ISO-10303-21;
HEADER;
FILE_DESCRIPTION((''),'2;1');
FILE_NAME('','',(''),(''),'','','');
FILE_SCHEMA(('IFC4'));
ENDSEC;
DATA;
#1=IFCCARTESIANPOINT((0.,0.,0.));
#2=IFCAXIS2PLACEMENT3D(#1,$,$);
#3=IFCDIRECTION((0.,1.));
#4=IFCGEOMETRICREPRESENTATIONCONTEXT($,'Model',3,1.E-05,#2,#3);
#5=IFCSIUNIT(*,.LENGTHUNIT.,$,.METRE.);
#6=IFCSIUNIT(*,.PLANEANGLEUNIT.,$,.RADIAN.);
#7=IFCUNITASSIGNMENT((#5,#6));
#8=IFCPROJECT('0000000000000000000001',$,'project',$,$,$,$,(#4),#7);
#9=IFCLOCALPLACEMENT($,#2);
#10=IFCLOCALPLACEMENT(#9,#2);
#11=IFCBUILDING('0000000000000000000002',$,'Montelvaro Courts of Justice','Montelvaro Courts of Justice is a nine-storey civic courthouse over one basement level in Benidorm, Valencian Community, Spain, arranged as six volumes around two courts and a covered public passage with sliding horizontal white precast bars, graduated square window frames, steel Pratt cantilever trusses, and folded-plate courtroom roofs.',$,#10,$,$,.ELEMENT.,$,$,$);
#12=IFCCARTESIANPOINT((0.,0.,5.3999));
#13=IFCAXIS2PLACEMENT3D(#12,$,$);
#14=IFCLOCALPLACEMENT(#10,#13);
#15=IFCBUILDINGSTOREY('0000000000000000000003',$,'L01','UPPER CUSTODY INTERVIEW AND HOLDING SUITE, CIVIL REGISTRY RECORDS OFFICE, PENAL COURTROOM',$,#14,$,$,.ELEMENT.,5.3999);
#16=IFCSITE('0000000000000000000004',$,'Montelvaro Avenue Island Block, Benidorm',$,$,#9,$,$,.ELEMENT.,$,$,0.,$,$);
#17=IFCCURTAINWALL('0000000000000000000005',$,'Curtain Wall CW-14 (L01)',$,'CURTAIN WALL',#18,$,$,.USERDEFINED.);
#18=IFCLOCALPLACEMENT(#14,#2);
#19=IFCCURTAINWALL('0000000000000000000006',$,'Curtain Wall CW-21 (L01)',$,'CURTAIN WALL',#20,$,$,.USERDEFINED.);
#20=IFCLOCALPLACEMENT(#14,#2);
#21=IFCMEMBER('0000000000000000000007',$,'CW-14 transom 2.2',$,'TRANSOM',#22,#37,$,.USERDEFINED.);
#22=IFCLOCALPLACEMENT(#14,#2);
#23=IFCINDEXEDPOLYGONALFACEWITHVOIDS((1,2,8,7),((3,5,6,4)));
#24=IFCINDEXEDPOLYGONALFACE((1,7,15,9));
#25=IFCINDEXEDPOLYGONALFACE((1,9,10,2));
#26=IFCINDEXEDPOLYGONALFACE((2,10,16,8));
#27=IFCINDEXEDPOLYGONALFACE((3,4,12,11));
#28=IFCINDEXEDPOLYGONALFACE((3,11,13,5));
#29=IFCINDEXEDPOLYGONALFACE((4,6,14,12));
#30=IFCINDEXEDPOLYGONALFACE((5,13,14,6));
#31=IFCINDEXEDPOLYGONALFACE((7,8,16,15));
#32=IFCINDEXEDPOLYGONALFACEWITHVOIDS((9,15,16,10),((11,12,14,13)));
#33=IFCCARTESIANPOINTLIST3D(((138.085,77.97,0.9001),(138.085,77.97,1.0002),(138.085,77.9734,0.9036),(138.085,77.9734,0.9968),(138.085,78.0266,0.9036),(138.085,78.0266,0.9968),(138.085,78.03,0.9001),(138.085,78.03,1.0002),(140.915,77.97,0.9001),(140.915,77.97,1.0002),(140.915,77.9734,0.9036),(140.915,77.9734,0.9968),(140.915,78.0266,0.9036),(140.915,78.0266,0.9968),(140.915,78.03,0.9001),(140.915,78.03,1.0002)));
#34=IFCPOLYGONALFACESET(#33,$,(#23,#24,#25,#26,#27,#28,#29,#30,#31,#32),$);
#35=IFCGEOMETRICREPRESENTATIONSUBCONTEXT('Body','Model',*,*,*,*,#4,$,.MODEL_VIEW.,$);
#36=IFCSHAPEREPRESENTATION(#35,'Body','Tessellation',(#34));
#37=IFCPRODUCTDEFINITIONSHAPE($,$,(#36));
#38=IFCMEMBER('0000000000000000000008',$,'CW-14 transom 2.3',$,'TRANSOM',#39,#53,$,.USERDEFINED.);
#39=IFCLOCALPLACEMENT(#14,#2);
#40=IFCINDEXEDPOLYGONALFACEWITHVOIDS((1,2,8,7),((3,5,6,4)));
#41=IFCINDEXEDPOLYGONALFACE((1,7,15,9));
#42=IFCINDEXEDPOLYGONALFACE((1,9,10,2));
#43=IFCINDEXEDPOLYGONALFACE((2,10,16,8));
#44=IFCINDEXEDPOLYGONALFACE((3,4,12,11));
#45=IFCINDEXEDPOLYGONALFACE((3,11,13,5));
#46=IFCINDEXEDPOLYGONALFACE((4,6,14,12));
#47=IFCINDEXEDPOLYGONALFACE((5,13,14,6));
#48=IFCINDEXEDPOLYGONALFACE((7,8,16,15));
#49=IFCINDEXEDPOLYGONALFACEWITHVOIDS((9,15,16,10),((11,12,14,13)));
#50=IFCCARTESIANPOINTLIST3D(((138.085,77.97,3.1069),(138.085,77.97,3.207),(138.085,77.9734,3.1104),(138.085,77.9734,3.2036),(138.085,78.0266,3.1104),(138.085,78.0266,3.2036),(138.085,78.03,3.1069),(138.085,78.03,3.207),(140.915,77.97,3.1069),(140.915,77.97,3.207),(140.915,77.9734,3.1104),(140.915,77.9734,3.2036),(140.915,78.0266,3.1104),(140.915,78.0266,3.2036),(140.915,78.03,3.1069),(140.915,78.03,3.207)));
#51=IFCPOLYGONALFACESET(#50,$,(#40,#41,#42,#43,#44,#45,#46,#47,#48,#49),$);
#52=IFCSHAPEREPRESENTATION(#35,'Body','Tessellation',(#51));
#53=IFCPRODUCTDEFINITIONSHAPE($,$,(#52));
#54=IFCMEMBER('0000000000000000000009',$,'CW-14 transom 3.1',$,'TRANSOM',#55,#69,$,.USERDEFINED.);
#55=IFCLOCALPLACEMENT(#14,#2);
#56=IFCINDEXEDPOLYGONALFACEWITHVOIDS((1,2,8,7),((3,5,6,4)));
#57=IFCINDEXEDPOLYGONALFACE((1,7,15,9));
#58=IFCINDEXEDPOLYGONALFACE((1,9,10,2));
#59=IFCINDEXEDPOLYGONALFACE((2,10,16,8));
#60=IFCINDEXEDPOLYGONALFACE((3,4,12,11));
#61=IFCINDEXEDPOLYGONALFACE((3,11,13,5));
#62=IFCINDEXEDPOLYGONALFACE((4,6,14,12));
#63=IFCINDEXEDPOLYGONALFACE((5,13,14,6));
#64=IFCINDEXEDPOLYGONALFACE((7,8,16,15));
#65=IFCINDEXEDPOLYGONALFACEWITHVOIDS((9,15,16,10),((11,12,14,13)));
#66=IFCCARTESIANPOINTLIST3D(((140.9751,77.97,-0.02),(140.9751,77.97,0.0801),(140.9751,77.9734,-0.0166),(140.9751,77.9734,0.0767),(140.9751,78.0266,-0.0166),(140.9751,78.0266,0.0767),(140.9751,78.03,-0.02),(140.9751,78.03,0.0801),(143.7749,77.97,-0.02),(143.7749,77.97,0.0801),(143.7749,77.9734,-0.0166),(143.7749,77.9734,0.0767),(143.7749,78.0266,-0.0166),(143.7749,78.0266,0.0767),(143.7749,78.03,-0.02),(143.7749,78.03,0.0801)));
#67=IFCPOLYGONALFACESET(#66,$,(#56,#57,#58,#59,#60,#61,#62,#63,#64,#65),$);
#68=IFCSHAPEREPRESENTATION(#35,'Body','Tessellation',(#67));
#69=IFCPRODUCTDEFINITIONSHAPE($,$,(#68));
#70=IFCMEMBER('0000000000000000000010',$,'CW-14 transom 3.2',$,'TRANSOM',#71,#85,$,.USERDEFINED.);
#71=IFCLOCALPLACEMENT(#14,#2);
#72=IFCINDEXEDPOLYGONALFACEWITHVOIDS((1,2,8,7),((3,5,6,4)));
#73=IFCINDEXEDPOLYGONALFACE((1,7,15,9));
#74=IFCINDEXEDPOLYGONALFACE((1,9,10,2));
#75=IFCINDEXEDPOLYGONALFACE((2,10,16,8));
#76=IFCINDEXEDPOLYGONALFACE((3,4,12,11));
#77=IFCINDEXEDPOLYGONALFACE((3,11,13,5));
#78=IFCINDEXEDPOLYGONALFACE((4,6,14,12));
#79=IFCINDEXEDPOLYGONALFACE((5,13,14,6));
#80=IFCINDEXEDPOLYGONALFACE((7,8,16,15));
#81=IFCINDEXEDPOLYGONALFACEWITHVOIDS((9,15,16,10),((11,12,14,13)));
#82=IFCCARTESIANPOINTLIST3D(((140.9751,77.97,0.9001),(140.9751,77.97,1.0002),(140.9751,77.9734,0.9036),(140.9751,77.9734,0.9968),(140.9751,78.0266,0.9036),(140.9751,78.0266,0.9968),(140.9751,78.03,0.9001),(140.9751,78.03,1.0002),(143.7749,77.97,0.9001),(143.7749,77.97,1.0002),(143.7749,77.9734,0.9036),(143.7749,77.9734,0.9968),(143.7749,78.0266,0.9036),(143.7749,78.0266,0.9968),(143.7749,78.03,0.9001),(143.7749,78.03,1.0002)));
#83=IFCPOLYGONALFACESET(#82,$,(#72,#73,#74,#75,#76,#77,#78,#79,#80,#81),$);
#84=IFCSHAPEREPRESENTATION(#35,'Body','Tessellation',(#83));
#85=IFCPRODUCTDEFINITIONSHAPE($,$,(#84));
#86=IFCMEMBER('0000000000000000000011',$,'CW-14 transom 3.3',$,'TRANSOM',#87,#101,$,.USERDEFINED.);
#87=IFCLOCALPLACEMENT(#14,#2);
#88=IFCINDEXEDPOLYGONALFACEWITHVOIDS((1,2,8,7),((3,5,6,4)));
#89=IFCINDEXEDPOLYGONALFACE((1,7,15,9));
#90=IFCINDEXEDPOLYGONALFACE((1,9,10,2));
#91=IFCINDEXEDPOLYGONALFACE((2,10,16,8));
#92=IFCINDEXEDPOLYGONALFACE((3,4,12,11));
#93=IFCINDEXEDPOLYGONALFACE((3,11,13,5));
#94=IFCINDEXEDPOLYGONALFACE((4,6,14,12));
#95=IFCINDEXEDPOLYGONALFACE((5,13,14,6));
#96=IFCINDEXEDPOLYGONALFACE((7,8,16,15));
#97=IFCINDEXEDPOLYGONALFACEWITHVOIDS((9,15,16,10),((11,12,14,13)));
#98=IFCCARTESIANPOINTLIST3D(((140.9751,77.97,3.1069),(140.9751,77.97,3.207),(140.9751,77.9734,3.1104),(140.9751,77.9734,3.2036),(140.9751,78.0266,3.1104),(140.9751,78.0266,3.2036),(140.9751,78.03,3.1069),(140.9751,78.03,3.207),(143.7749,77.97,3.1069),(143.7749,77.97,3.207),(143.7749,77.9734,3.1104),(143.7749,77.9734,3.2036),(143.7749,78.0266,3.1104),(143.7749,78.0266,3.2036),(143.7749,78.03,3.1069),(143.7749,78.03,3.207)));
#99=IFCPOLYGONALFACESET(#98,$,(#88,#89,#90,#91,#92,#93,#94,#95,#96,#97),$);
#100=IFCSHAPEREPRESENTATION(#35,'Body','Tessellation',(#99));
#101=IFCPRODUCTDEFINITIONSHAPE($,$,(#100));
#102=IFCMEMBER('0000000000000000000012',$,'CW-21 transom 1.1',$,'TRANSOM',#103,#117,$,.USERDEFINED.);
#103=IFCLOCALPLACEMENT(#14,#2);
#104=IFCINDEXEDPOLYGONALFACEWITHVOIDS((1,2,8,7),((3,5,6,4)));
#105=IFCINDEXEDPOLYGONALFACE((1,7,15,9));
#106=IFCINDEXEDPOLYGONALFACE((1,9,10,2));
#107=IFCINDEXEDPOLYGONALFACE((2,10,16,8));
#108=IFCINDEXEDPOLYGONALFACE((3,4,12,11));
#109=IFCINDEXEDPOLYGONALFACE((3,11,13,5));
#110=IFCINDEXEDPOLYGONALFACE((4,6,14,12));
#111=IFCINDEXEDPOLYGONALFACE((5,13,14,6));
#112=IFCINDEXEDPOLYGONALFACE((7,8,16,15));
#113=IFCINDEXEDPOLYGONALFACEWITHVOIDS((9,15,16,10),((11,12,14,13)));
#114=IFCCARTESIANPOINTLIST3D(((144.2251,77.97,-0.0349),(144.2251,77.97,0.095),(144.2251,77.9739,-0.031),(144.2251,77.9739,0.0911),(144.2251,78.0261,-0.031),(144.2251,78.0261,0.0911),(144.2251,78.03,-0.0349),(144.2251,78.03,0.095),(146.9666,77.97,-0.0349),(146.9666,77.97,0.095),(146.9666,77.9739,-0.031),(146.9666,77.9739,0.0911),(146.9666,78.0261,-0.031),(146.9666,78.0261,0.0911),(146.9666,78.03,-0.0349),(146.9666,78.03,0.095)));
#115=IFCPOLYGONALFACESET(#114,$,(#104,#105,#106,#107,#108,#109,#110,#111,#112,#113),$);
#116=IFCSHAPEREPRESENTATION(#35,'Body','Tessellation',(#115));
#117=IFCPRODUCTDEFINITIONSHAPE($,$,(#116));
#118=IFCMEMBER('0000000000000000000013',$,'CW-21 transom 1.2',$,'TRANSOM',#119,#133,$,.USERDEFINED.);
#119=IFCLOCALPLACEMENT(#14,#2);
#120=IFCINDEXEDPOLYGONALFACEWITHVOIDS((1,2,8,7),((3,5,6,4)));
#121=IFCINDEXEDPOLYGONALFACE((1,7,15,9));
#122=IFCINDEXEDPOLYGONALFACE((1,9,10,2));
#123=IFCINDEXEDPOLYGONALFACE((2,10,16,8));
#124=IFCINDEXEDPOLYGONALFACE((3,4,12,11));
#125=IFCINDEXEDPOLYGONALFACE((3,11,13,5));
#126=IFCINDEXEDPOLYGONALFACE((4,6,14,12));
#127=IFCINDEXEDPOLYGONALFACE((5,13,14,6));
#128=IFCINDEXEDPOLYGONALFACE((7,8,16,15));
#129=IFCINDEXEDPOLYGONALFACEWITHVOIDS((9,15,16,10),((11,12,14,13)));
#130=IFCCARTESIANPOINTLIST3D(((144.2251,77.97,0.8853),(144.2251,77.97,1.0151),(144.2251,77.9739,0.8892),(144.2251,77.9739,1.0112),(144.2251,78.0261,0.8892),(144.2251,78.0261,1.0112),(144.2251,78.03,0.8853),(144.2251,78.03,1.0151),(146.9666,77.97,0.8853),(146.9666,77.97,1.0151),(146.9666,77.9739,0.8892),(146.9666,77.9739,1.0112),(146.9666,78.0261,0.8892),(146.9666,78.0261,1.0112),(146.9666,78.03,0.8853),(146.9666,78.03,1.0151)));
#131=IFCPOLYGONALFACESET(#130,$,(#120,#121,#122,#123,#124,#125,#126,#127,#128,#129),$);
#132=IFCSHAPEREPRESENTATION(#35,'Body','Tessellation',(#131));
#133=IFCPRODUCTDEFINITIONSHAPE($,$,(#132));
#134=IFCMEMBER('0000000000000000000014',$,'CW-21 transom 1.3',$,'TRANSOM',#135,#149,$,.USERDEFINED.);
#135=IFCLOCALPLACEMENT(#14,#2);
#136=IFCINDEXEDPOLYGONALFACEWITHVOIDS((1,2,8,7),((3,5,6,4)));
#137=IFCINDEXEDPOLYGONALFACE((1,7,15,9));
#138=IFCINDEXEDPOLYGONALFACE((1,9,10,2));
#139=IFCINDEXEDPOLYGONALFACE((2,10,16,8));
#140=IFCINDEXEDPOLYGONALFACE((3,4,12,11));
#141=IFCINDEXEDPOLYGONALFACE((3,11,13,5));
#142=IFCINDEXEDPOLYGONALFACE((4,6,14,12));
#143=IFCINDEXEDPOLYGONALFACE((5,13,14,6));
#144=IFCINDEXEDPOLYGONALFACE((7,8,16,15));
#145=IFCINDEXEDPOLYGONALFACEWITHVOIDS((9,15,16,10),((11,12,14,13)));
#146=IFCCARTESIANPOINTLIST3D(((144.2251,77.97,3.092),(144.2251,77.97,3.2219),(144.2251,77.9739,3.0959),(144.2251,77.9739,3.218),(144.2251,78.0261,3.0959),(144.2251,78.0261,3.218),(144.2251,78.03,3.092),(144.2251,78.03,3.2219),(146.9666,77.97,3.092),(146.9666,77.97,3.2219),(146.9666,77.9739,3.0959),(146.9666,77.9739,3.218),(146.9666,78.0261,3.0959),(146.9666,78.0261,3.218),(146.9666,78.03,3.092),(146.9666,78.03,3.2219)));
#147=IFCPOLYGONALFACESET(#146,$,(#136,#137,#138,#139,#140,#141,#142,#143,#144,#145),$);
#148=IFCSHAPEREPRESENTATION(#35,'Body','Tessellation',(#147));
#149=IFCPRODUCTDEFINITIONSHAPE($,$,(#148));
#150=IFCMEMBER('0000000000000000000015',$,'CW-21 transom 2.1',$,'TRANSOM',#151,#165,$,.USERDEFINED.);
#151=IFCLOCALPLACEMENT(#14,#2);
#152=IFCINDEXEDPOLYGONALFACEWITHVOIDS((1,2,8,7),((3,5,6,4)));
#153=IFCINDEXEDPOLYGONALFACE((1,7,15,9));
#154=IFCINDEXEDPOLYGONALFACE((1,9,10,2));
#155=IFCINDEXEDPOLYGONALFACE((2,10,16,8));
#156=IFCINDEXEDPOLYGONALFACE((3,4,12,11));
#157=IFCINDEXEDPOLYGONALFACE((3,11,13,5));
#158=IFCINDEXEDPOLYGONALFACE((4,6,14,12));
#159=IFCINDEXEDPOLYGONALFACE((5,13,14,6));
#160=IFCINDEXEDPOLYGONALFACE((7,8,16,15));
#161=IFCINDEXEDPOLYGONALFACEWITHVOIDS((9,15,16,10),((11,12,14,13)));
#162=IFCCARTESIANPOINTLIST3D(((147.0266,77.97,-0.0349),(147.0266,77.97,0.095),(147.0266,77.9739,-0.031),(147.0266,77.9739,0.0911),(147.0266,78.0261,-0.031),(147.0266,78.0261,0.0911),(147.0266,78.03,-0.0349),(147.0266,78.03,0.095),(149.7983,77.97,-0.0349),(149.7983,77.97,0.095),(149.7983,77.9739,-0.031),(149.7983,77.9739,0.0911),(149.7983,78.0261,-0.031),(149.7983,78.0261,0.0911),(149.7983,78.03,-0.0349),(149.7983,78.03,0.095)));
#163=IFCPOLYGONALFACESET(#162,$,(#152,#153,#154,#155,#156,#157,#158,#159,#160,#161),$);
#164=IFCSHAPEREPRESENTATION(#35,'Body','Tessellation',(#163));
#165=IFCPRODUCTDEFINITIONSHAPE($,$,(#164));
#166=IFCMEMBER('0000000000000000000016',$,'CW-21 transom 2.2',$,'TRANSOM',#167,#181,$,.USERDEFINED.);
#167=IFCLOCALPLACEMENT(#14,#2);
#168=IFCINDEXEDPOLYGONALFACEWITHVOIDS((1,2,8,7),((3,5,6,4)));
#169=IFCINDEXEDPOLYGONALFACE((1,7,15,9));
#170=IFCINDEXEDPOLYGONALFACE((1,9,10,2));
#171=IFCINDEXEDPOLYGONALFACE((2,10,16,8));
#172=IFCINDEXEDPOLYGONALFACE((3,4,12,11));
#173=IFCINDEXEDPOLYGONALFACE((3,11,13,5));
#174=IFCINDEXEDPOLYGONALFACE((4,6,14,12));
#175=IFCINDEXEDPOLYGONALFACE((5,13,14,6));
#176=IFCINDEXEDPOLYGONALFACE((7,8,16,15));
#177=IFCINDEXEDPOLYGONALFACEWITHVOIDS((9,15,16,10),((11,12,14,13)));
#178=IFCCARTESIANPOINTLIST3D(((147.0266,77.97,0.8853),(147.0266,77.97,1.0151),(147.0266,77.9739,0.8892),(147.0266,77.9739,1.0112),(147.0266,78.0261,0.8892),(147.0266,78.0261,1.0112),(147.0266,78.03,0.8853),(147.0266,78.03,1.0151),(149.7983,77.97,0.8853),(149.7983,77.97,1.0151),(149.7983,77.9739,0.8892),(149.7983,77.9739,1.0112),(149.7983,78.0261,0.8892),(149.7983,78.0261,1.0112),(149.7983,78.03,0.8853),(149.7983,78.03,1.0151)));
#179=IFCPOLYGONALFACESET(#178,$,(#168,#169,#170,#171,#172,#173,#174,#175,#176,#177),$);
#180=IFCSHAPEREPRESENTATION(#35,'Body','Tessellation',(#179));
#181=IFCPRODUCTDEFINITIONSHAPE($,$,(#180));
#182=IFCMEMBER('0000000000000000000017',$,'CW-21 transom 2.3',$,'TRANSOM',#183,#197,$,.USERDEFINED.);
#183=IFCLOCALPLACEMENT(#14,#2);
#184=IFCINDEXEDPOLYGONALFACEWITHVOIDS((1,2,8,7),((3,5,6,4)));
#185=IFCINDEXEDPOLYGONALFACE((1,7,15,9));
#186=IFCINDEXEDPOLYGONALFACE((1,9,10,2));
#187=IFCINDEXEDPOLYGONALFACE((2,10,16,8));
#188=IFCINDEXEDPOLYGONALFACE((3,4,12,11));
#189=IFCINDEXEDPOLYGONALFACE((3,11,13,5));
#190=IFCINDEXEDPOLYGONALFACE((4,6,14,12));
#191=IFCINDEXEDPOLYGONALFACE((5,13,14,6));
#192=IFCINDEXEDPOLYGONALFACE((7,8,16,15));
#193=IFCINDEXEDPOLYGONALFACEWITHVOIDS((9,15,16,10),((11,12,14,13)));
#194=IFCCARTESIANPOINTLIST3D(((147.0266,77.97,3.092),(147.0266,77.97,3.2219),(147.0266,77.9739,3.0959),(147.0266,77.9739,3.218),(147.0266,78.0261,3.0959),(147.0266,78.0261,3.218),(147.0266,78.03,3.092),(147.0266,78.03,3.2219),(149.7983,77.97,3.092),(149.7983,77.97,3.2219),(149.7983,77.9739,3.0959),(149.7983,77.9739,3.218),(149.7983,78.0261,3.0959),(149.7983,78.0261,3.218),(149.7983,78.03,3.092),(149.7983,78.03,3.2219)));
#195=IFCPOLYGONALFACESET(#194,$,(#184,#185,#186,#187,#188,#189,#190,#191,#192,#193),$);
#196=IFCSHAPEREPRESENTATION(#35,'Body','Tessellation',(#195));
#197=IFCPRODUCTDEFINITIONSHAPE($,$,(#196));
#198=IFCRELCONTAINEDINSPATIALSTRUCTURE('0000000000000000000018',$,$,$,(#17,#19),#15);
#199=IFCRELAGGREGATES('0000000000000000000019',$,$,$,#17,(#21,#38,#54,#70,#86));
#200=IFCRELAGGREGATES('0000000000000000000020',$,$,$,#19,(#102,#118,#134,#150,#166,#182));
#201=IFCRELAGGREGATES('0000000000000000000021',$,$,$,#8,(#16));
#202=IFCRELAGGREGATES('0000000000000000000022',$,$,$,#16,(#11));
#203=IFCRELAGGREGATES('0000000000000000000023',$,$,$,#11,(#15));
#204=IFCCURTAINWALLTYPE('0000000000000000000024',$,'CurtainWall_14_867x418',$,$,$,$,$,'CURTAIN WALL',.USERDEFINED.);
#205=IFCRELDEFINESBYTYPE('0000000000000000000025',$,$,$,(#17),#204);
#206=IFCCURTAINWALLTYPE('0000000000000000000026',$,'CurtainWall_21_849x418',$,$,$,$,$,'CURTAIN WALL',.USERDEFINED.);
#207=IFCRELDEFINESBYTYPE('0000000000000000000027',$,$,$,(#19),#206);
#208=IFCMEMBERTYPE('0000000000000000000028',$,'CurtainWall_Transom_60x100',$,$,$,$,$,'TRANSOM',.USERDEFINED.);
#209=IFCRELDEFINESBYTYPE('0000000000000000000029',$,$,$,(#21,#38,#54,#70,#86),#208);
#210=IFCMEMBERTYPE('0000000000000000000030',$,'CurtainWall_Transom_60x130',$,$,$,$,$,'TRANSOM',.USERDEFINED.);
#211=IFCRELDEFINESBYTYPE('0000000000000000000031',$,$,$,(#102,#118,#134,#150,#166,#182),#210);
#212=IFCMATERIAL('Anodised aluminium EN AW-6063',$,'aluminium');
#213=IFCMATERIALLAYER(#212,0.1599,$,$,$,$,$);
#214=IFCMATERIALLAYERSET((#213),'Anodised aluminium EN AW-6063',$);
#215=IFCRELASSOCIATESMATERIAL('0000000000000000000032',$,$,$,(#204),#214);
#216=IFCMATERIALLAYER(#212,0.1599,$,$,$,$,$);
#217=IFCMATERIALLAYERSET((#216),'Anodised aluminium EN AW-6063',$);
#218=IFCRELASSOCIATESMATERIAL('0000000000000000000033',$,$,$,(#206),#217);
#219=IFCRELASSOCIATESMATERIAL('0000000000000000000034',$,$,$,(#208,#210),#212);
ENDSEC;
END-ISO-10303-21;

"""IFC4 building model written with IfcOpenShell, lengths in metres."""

from ifc_helpers import new_model, si_unit, direction, frame, origin, origin_2d, place, context, subcontext, project, spatial, hollow_rectangle, extrude, material, layer, layer_set, material_profile, profile_set, type_object, element, aggregate, save


model = new_model("IFC4")

# Units and contexts
model_context = context("Model", 3, precision=1e-05, world=origin(), true_north=direction((0.0, 1.0)))
body_context = subcontext(model_context, "Body", "Model", "MODEL_VIEW")
ifc_project = project(units=[si_unit("LENGTHUNIT", "METRE"), si_unit("PLANEANGLEUNIT", "RADIAN")], contexts=[model_context])

# Site, building, storey
site_placement = place(None, origin())
site = spatial("IfcSite", under=ifc_project, at=site_placement, Name="Montelvaro Avenue Island Block, Benidorm", CompositionType="ELEMENT", RefElevation=0.0)
building_placement = place(site_placement, origin())
building = spatial("IfcBuilding", under=site, at=building_placement, Name="Montelvaro Courts of Justice", Description="Montelvaro Courts of Justice is a nine-storey civic courthouse over one basement level in Benidorm, Valencian Community, Spain, arranged as six volumes around two courts and a covered public passage with sliding horizontal white precast bars, graduated square window frames, steel Pratt cantilever trusses, and folded-plate courtroom roofs.", CompositionType="ELEMENT")
storey_placement = place(building_placement, frame((0.0, 0.0, 5.3999)))
storey = spatial("IfcBuildingStorey", under=building, at=storey_placement, Name="L01", Description="UPPER CUSTODY INTERVIEW AND HOLDING SUITE, CIVIL REGISTRY RECORDS OFFICE, PENAL COURTROOM", CompositionType="ELEMENT", Elevation=5.3999)

# Curtain walls
ifc_material_1 = material(Name="Anodised aluminium EN AW-6063", Category="aluminium")
ifc_layer_1 = layer(ifc_material_1, 0.1599)
ifc_layer_set_1 = layer_set([ifc_layer_1], Name="Anodised aluminium EN AW-6063")
curtain_wall_type_1 = type_object("IfcCurtainWallType", Name="CurtainWall_14_867x418", ElementType="CURTAIN WALL", PredefinedType="USERDEFINED", material=ifc_layer_set_1)
curtain_wall_1_placement = place(storey_placement, origin())
curtain_wall_1 = element("IfcCurtainWall", 1, at=curtain_wall_1_placement, inside=storey, type_object=curtain_wall_type_1, Name="Curtain Wall CW-14 (L01)", ObjectType="CURTAIN WALL", PredefinedType="USERDEFINED")
ifc_layer_2 = layer(ifc_material_1, 0.1599)
ifc_layer_set_2 = layer_set([ifc_layer_2], Name="Anodised aluminium EN AW-6063")
curtain_wall_type_2 = type_object("IfcCurtainWallType", Name="CurtainWall_21_849x418", ElementType="CURTAIN WALL", PredefinedType="USERDEFINED", material=ifc_layer_set_2)
curtain_wall_2_placement = place(storey_placement, origin())
curtain_wall_2 = element("IfcCurtainWall", 2, at=curtain_wall_2_placement, inside=storey, type_object=curtain_wall_type_2, Name="Curtain Wall CW-21 (L01)", ObjectType="CURTAIN WALL", PredefinedType="USERDEFINED")

# Members
ifc_material_profile_1 = material_profile(ifc_material_1, hollow_rectangle(XDim=0.0601, YDim=0.1001, WallThickness=0.0034, at=origin_2d()), Name="ALU-T 60x100")
ifc_profile_set_1 = profile_set([ifc_material_profile_1], Name="Anodised aluminium EN AW-6063")
member_type_1 = type_object("IfcMemberType", Name="CurtainWall_Transom_60x100", ElementType="TRANSOM", PredefinedType="USERDEFINED", material=ifc_profile_set_1)
member_1_placement = place(storey_placement, frame((138.085, 78.0, 0.9502), z_axis=(1.0, 0.0, 0.0), x_axis=(0.0, 1.0, 0.0)))
member_1 = element("IfcMember", 3, at=member_1_placement, type_object=member_type_1, Name="CW-14 transom 2.2", ObjectType="TRANSOM", PredefinedType="USERDEFINED", context=body_context, shape_type="SweptSolid", body=[
    extrude(hollow_rectangle(XDim=0.0601, YDim=0.1001, WallThickness=0.0034, at=origin_2d()), origin(), (0.0, 0.0, 1.0), 2.8301),
])
member_2_placement = place(storey_placement, frame((138.085, 78.0, 3.157), z_axis=(1.0, 0.0, 0.0), x_axis=(0.0, 1.0, 0.0)))
member_2 = element("IfcMember", 4, at=member_2_placement, type_object=member_type_1, Name="CW-14 transom 2.3", ObjectType="TRANSOM", PredefinedType="USERDEFINED", context=body_context, shape_type="SweptSolid", body=[
    extrude(hollow_rectangle(XDim=0.0601, YDim=0.1001, WallThickness=0.0034, at=origin_2d()), origin(), (0.0, 0.0, 1.0), 2.8301),
])
member_3_placement = place(storey_placement, frame((140.9751, 78.0, 0.03), z_axis=(1.0, 0.0, 0.0), x_axis=(0.0, 1.0, 0.0)))
member_3 = element("IfcMember", 5, at=member_3_placement, type_object=member_type_1, Name="CW-14 transom 3.1", ObjectType="TRANSOM", PredefinedType="USERDEFINED", context=body_context, shape_type="SweptSolid", body=[
    extrude(hollow_rectangle(XDim=0.0601, YDim=0.1001, WallThickness=0.0034, at=origin_2d()), origin(), (0.0, 0.0, 1.0), 2.7998),
])
member_4_placement = place(storey_placement, frame((140.9751, 78.0, 0.9502), z_axis=(1.0, 0.0, 0.0), x_axis=(0.0, 1.0, 0.0)))
member_4 = element("IfcMember", 6, at=member_4_placement, type_object=member_type_1, Name="CW-14 transom 3.2", ObjectType="TRANSOM", PredefinedType="USERDEFINED", context=body_context, shape_type="SweptSolid", body=[
    extrude(hollow_rectangle(XDim=0.0601, YDim=0.1001, WallThickness=0.0034, at=origin_2d()), origin(), (0.0, 0.0, 1.0), 2.7998),
])
member_5_placement = place(storey_placement, frame((140.9751, 78.0, 3.157), z_axis=(1.0, 0.0, 0.0), x_axis=(0.0, 1.0, 0.0)))
member_5 = element("IfcMember", 7, at=member_5_placement, type_object=member_type_1, Name="CW-14 transom 3.3", ObjectType="TRANSOM", PredefinedType="USERDEFINED", context=body_context, shape_type="SweptSolid", body=[
    extrude(hollow_rectangle(XDim=0.0601, YDim=0.1001, WallThickness=0.0034, at=origin_2d()), origin(), (0.0, 0.0, 1.0), 2.7998),
])
ifc_material_profile_2 = material_profile(ifc_material_1, hollow_rectangle(XDim=0.0601, YDim=0.1299, WallThickness=0.0039, at=origin_2d()), Name="ALU-T 60x130")
ifc_profile_set_2 = profile_set([ifc_material_profile_2], Name="Anodised aluminium EN AW-6063")
member_type_2 = type_object("IfcMemberType", Name="CurtainWall_Transom_60x130", ElementType="TRANSOM", PredefinedType="USERDEFINED", material=ifc_profile_set_2)
member_6_placement = place(storey_placement, frame((144.2251, 78.0, 0.03), z_axis=(1.0, 0.0, 0.0), x_axis=(0.0, 1.0, 0.0)))
member_6 = element("IfcMember", 8, at=member_6_placement, type_object=member_type_2, Name="CW-21 transom 1.1", ObjectType="TRANSOM", PredefinedType="USERDEFINED", context=body_context, shape_type="SweptSolid", body=[
    extrude(hollow_rectangle(XDim=0.0601, YDim=0.1299, WallThickness=0.0039, at=origin_2d()), origin(), (0.0, 0.0, 1.0), 2.7415),
])
member_7_placement = place(storey_placement, frame((144.2251, 78.0, 0.9502), z_axis=(1.0, 0.0, 0.0), x_axis=(0.0, 1.0, 0.0)))
member_7 = element("IfcMember", 9, at=member_7_placement, type_object=member_type_2, Name="CW-21 transom 1.2", ObjectType="TRANSOM", PredefinedType="USERDEFINED", context=body_context, shape_type="SweptSolid", body=[
    extrude(hollow_rectangle(XDim=0.0601, YDim=0.1299, WallThickness=0.0039, at=origin_2d()), origin(), (0.0, 0.0, 1.0), 2.7415),
])
member_8_placement = place(storey_placement, frame((144.2251, 78.0, 3.157), z_axis=(1.0, 0.0, 0.0), x_axis=(0.0, 1.0, 0.0)))
member_8 = element("IfcMember", 10, at=member_8_placement, type_object=member_type_2, Name="CW-21 transom 1.3", ObjectType="TRANSOM", PredefinedType="USERDEFINED", context=body_context, shape_type="SweptSolid", body=[
    extrude(hollow_rectangle(XDim=0.0601, YDim=0.1299, WallThickness=0.0039, at=origin_2d()), origin(), (0.0, 0.0, 1.0), 2.7415),
])
member_9_placement = place(storey_placement, frame((147.0266, 78.0, 0.03), z_axis=(1.0, 0.0, 0.0), x_axis=(0.0, 1.0, 0.0)))
member_9 = element("IfcMember", 11, at=member_9_placement, type_object=member_type_2, Name="CW-21 transom 2.1", ObjectType="TRANSOM", PredefinedType="USERDEFINED", context=body_context, shape_type="SweptSolid", body=[
    extrude(hollow_rectangle(XDim=0.0601, YDim=0.1299, WallThickness=0.0039, at=origin_2d()), origin(), (0.0, 0.0, 1.0), 2.7717),
])
member_10_placement = place(storey_placement, frame((147.0266, 78.0, 0.9502), z_axis=(1.0, 0.0, 0.0), x_axis=(0.0, 1.0, 0.0)))
member_10 = element("IfcMember", 12, at=member_10_placement, type_object=member_type_2, Name="CW-21 transom 2.2", ObjectType="TRANSOM", PredefinedType="USERDEFINED", context=body_context, shape_type="SweptSolid", body=[
    extrude(hollow_rectangle(XDim=0.0601, YDim=0.1299, WallThickness=0.0039, at=origin_2d()), origin(), (0.0, 0.0, 1.0), 2.7717),
])
member_11_placement = place(storey_placement, frame((147.0266, 78.0, 3.157), z_axis=(1.0, 0.0, 0.0), x_axis=(0.0, 1.0, 0.0)))
member_11 = element("IfcMember", 13, at=member_11_placement, type_object=member_type_2, Name="CW-21 transom 2.3", ObjectType="TRANSOM", PredefinedType="USERDEFINED", context=body_context, shape_type="SweptSolid", body=[
    extrude(hollow_rectangle(XDim=0.0601, YDim=0.1299, WallThickness=0.0039, at=origin_2d()), origin(), (0.0, 0.0, 1.0), 2.7717),
])

aggregate(curtain_wall_1, [member_1, member_2, member_3, member_4, member_5])
aggregate(curtain_wall_2, [member_6, member_7, member_8, member_9, member_10, member_11])

save(model, "model.ifc")
